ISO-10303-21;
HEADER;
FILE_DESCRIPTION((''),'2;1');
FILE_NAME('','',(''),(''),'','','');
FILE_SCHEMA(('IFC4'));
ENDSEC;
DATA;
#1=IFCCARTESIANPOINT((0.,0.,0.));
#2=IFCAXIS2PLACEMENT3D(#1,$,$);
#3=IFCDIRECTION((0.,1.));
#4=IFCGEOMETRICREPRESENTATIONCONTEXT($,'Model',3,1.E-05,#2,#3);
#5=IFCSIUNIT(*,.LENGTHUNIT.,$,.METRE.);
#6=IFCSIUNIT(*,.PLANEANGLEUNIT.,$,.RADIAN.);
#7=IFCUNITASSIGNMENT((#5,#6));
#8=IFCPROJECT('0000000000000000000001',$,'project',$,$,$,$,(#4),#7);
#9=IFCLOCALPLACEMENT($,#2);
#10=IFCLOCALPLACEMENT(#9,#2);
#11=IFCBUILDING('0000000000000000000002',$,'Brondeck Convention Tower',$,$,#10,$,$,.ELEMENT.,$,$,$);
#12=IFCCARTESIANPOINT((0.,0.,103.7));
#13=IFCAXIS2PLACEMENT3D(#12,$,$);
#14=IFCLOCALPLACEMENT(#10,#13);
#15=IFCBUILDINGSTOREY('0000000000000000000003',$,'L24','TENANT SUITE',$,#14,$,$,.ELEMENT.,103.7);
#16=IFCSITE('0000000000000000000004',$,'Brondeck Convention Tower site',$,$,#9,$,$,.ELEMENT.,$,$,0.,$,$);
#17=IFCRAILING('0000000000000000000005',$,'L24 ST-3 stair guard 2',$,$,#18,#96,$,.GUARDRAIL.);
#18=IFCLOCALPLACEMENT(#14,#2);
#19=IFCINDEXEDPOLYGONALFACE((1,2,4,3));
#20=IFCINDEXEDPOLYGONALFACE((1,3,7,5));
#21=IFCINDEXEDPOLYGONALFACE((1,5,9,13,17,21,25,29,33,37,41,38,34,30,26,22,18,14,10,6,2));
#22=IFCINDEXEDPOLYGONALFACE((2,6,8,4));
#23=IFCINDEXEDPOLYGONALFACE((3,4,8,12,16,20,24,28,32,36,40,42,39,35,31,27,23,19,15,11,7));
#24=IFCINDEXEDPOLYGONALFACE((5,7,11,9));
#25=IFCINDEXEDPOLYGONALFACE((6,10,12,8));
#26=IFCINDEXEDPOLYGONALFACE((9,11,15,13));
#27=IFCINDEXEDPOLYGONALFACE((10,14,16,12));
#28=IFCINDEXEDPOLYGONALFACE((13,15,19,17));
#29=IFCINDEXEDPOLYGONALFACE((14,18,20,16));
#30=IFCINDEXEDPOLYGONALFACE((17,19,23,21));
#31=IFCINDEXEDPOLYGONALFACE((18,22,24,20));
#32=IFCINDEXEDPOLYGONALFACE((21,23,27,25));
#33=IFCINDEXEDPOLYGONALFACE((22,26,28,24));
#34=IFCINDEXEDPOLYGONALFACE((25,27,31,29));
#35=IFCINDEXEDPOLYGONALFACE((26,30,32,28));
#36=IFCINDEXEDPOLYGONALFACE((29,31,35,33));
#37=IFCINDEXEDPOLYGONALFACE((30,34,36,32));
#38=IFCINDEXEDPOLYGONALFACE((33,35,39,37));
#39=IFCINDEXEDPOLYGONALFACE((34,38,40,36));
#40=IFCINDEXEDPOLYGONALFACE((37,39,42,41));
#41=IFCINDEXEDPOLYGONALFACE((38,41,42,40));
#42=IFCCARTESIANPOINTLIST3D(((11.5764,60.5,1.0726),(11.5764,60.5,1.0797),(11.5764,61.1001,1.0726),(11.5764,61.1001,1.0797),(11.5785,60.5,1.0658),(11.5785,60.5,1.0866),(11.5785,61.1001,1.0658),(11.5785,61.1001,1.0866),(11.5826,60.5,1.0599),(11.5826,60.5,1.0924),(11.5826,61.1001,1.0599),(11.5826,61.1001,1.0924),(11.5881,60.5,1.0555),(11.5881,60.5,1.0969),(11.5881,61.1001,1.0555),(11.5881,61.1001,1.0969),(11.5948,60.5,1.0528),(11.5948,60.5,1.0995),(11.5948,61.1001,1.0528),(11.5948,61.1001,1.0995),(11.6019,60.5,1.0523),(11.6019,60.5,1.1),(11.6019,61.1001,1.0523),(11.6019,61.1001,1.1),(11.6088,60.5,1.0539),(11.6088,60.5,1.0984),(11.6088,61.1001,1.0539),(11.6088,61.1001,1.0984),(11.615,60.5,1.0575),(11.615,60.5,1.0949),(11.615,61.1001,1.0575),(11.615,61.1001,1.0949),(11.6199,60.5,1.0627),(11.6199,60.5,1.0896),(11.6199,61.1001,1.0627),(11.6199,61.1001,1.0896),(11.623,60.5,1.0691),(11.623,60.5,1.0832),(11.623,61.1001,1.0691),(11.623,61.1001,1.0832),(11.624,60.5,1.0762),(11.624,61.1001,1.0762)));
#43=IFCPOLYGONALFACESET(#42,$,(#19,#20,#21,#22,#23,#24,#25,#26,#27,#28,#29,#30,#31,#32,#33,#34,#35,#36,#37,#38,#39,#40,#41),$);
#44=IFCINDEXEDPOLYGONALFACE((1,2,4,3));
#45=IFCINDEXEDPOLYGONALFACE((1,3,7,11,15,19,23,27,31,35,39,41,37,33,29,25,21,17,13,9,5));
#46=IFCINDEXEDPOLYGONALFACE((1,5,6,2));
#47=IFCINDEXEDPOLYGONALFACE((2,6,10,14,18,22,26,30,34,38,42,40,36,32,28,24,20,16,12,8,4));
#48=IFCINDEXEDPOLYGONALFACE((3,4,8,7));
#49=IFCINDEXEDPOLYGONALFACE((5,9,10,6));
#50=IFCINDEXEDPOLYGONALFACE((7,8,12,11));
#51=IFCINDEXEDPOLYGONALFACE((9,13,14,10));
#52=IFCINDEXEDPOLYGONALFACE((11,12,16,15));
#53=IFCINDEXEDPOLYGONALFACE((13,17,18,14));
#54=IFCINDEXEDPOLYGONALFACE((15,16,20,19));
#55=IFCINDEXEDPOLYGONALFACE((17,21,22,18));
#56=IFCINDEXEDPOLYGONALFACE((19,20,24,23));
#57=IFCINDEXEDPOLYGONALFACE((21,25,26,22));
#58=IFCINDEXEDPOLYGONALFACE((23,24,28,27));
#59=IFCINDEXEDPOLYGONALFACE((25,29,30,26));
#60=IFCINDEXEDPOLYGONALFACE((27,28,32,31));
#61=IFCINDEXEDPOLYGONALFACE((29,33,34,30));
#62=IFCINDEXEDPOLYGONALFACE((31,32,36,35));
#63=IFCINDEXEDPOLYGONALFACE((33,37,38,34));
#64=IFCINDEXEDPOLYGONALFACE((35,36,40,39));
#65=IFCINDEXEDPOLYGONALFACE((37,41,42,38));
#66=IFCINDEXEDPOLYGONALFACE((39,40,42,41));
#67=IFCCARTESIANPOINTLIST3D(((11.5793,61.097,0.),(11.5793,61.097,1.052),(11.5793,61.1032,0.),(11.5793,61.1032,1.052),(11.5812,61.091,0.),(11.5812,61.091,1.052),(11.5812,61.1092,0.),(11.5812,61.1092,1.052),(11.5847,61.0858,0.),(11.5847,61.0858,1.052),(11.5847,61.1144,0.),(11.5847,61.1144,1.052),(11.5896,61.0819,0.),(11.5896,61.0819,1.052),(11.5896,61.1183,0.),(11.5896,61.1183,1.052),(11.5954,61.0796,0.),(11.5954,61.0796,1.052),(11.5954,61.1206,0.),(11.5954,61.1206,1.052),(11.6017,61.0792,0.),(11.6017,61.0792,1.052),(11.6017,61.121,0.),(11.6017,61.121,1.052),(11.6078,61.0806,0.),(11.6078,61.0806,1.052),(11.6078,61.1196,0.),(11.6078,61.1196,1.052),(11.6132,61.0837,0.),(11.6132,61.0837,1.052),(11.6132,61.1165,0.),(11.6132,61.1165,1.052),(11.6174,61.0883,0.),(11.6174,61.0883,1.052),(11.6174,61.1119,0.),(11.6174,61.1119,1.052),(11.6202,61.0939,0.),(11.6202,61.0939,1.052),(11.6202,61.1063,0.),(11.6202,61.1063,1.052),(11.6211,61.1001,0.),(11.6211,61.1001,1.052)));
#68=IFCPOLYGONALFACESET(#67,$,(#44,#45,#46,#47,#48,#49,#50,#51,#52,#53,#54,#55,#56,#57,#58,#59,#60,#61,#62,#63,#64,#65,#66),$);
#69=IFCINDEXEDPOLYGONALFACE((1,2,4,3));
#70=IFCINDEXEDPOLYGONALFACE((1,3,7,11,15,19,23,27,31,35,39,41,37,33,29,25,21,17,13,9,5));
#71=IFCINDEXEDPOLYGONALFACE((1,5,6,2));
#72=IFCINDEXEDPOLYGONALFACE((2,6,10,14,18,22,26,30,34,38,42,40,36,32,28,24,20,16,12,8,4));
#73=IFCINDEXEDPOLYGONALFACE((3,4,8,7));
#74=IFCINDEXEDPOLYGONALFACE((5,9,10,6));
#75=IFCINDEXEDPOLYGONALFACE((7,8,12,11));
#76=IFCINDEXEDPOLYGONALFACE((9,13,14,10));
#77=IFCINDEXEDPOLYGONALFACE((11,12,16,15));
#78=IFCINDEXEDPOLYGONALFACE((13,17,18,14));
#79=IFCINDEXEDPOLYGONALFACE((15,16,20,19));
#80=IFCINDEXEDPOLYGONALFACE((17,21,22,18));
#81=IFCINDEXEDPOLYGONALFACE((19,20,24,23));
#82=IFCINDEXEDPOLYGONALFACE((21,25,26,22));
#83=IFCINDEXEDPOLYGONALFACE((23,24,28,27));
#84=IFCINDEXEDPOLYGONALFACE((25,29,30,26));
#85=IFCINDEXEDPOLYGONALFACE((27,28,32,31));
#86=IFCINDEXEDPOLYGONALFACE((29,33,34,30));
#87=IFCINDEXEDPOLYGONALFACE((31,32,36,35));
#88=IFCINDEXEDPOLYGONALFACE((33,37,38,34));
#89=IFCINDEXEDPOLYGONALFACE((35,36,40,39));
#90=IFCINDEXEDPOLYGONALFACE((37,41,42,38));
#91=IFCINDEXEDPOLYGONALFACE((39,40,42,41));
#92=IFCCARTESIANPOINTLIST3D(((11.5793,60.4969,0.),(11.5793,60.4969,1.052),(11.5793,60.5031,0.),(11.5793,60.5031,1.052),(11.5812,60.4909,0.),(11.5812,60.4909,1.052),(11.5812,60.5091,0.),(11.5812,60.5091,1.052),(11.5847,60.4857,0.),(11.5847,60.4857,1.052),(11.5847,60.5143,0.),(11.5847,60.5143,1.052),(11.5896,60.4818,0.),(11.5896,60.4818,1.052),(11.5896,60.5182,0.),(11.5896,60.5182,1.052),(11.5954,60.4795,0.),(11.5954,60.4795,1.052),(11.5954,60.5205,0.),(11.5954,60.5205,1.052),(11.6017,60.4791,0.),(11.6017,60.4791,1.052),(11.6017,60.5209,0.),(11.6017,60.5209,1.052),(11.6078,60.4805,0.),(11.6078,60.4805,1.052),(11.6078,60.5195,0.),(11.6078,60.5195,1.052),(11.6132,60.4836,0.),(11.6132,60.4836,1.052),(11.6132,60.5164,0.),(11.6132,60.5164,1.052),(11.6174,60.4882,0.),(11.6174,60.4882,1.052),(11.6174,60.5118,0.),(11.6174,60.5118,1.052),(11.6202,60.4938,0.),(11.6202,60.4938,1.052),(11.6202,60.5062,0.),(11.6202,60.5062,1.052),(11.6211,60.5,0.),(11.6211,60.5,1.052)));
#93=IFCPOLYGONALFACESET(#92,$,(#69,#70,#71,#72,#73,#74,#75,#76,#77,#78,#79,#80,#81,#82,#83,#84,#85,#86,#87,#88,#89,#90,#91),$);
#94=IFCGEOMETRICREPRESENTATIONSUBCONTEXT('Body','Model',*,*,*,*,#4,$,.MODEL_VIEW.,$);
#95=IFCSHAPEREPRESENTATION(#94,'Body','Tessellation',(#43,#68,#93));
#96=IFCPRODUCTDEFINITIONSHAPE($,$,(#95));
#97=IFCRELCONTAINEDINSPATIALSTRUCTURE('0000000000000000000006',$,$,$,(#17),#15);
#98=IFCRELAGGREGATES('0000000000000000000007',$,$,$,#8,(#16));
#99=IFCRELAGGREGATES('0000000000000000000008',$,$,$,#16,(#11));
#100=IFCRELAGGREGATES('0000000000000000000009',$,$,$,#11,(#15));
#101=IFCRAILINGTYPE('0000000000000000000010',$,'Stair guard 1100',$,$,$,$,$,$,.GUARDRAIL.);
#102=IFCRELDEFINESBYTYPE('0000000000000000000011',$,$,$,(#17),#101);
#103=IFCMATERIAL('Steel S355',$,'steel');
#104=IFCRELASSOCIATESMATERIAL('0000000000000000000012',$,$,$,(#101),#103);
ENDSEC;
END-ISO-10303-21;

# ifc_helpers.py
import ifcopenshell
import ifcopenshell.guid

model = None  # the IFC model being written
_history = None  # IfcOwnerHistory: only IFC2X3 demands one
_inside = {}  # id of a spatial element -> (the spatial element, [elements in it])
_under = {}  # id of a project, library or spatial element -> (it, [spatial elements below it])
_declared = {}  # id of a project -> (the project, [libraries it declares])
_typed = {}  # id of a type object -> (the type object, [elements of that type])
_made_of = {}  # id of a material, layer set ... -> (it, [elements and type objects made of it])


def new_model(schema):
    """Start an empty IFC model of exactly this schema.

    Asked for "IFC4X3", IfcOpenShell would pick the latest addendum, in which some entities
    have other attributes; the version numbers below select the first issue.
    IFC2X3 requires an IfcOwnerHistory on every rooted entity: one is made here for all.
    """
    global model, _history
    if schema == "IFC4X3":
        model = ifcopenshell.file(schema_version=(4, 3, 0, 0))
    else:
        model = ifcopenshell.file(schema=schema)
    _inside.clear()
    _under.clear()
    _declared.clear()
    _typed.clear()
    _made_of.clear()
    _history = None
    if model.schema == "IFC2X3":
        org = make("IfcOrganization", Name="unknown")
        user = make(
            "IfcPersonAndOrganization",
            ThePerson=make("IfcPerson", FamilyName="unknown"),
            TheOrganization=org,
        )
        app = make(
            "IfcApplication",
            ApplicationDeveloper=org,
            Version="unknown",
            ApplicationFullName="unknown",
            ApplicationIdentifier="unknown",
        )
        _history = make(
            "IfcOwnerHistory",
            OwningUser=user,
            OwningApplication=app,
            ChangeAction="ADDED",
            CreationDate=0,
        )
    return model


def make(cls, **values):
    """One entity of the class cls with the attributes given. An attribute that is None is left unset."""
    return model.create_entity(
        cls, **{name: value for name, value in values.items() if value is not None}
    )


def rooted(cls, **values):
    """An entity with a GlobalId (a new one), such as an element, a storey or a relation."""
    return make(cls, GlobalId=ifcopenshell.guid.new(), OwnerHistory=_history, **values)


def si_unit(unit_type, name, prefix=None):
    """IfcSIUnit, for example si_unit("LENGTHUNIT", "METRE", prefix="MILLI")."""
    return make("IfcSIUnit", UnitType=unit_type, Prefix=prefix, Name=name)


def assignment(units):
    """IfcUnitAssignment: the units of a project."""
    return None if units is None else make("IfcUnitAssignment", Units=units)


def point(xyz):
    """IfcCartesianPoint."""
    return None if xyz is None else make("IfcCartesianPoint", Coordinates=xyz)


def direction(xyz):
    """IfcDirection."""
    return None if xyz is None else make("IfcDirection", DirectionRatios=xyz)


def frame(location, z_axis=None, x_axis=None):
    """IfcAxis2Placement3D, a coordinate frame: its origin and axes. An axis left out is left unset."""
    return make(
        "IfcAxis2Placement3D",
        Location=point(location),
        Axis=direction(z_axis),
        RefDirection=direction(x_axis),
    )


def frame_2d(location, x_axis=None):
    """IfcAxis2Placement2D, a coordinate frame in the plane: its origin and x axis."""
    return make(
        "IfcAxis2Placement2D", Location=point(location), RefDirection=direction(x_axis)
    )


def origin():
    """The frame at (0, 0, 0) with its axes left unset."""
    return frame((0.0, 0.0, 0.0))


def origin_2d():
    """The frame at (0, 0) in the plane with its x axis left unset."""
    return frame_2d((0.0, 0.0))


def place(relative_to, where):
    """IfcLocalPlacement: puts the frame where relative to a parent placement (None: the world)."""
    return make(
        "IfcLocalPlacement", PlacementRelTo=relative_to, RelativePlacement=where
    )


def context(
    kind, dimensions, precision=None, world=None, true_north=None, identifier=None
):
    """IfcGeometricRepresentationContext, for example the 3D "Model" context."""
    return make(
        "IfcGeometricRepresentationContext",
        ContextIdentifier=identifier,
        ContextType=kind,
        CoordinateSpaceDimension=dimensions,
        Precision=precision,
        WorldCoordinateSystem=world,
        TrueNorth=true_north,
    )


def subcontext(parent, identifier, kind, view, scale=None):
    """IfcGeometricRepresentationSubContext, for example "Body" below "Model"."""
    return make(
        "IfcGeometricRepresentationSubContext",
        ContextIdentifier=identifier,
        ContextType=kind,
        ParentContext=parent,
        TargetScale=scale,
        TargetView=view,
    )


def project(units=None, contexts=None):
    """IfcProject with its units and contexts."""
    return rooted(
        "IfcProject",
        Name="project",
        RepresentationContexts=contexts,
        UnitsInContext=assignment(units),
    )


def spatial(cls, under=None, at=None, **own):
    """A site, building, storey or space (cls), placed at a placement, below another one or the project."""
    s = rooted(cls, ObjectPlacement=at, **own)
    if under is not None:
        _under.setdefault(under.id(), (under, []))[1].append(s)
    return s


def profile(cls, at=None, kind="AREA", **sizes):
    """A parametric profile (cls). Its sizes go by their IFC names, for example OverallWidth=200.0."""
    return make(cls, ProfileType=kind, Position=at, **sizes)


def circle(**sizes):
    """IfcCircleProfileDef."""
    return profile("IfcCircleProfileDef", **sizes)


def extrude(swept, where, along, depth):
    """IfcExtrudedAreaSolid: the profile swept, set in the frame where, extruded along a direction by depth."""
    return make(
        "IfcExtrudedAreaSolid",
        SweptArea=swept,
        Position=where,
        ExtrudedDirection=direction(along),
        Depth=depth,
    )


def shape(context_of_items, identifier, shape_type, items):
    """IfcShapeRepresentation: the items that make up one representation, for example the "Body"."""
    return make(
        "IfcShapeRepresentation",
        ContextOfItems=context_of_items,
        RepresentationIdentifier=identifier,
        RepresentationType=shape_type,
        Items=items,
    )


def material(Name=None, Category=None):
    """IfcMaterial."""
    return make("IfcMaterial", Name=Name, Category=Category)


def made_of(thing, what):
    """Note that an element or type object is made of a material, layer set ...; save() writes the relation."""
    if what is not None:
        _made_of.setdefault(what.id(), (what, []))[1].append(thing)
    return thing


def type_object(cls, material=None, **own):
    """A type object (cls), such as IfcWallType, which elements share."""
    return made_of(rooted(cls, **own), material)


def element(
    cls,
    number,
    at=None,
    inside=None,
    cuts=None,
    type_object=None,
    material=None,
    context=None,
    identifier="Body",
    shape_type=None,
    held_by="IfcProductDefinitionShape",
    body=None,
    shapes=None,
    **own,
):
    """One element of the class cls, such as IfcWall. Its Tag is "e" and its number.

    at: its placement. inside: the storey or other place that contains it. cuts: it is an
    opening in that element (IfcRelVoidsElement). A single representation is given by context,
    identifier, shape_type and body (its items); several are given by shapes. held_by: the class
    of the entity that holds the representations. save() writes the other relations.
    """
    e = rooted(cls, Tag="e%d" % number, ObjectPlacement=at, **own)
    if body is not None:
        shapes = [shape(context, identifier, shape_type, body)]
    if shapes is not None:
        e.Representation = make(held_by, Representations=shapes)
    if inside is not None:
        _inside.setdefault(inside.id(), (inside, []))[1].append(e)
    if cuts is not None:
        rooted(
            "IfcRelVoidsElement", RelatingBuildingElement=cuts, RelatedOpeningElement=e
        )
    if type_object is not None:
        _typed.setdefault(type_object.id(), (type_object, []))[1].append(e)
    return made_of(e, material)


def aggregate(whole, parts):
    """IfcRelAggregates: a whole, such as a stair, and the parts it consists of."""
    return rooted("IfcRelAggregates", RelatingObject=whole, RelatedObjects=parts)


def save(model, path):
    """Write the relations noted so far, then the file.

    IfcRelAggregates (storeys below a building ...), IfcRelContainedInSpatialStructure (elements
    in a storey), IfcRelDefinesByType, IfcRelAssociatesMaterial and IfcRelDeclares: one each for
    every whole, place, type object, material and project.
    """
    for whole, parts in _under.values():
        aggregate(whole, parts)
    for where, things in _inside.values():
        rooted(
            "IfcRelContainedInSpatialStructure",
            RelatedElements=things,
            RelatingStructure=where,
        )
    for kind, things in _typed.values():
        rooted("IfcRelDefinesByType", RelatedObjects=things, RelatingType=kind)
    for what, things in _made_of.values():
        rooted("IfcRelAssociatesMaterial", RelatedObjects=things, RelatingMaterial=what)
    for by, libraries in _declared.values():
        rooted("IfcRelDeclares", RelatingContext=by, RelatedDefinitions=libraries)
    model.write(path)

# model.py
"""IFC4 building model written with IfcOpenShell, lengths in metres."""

from ifc_helpers import new_model, si_unit, direction, frame, origin, origin_2d, place, context, subcontext, project, spatial, circle, extrude, material, type_object, element, save


model = new_model("IFC4")

# Units and contexts
model_context = context("Model", 3, precision=1e-05, world=origin(), true_north=direction((0.0, 1.0)))
body_context = subcontext(model_context, "Body", "Model", "MODEL_VIEW")
ifc_project = project(units=[si_unit("LENGTHUNIT", "METRE"), si_unit("PLANEANGLEUNIT", "RADIAN")], contexts=[model_context])

# Site, building, storey
site_placement = place(None, origin())
site = spatial("IfcSite", under=ifc_project, at=site_placement, Name="Brondeck Convention Tower site", CompositionType="ELEMENT", RefElevation=0.0)
building_placement = place(site_placement, origin())
building = spatial("IfcBuilding", under=site, at=building_placement, Name="Brondeck Convention Tower", CompositionType="ELEMENT")
storey_placement = place(building_placement, frame((0.0, 0.0, 103.7)))
storey = spatial("IfcBuildingStorey", under=building, at=storey_placement, Name="L24", Description="TENANT SUITE", CompositionType="ELEMENT", Elevation=103.7)

# Railing
ifc_material_1 = material(Name="Steel S355", Category="steel")
railing_type_1 = type_object("IfcRailingType", Name="Stair guard 1100", PredefinedType="GUARDRAIL", material=ifc_material_1)
railing_1_placement = place(storey_placement, frame((11.6001, 61.1001, 0.0)))
element("IfcRailing", 1, at=railing_1_placement, inside=storey, type_object=railing_type_1, Name="L24 ST-3 stair guard 2", PredefinedType="GUARDRAIL", context=body_context, shape_type="SweptSolid", body=[
    extrude(circle(Radius=0.0239, at=origin_2d()), frame((0.0, 0.0, 1.0762), z_axis=(0.0, -1.0, 0.0), x_axis=(1.0, 0.0, 0.0)), (0.0, 0.0, 1.0), 0.6001),
    extrude(circle(Radius=0.021, at=origin_2d()), origin(), (0.0, 0.0, 1.0), 1.052),
    extrude(circle(Radius=0.021, at=origin_2d()), frame((0.0, -0.6001, 0.0)), (0.0, 0.0, 1.0), 1.052),
])

save(model, "model.ifc")
